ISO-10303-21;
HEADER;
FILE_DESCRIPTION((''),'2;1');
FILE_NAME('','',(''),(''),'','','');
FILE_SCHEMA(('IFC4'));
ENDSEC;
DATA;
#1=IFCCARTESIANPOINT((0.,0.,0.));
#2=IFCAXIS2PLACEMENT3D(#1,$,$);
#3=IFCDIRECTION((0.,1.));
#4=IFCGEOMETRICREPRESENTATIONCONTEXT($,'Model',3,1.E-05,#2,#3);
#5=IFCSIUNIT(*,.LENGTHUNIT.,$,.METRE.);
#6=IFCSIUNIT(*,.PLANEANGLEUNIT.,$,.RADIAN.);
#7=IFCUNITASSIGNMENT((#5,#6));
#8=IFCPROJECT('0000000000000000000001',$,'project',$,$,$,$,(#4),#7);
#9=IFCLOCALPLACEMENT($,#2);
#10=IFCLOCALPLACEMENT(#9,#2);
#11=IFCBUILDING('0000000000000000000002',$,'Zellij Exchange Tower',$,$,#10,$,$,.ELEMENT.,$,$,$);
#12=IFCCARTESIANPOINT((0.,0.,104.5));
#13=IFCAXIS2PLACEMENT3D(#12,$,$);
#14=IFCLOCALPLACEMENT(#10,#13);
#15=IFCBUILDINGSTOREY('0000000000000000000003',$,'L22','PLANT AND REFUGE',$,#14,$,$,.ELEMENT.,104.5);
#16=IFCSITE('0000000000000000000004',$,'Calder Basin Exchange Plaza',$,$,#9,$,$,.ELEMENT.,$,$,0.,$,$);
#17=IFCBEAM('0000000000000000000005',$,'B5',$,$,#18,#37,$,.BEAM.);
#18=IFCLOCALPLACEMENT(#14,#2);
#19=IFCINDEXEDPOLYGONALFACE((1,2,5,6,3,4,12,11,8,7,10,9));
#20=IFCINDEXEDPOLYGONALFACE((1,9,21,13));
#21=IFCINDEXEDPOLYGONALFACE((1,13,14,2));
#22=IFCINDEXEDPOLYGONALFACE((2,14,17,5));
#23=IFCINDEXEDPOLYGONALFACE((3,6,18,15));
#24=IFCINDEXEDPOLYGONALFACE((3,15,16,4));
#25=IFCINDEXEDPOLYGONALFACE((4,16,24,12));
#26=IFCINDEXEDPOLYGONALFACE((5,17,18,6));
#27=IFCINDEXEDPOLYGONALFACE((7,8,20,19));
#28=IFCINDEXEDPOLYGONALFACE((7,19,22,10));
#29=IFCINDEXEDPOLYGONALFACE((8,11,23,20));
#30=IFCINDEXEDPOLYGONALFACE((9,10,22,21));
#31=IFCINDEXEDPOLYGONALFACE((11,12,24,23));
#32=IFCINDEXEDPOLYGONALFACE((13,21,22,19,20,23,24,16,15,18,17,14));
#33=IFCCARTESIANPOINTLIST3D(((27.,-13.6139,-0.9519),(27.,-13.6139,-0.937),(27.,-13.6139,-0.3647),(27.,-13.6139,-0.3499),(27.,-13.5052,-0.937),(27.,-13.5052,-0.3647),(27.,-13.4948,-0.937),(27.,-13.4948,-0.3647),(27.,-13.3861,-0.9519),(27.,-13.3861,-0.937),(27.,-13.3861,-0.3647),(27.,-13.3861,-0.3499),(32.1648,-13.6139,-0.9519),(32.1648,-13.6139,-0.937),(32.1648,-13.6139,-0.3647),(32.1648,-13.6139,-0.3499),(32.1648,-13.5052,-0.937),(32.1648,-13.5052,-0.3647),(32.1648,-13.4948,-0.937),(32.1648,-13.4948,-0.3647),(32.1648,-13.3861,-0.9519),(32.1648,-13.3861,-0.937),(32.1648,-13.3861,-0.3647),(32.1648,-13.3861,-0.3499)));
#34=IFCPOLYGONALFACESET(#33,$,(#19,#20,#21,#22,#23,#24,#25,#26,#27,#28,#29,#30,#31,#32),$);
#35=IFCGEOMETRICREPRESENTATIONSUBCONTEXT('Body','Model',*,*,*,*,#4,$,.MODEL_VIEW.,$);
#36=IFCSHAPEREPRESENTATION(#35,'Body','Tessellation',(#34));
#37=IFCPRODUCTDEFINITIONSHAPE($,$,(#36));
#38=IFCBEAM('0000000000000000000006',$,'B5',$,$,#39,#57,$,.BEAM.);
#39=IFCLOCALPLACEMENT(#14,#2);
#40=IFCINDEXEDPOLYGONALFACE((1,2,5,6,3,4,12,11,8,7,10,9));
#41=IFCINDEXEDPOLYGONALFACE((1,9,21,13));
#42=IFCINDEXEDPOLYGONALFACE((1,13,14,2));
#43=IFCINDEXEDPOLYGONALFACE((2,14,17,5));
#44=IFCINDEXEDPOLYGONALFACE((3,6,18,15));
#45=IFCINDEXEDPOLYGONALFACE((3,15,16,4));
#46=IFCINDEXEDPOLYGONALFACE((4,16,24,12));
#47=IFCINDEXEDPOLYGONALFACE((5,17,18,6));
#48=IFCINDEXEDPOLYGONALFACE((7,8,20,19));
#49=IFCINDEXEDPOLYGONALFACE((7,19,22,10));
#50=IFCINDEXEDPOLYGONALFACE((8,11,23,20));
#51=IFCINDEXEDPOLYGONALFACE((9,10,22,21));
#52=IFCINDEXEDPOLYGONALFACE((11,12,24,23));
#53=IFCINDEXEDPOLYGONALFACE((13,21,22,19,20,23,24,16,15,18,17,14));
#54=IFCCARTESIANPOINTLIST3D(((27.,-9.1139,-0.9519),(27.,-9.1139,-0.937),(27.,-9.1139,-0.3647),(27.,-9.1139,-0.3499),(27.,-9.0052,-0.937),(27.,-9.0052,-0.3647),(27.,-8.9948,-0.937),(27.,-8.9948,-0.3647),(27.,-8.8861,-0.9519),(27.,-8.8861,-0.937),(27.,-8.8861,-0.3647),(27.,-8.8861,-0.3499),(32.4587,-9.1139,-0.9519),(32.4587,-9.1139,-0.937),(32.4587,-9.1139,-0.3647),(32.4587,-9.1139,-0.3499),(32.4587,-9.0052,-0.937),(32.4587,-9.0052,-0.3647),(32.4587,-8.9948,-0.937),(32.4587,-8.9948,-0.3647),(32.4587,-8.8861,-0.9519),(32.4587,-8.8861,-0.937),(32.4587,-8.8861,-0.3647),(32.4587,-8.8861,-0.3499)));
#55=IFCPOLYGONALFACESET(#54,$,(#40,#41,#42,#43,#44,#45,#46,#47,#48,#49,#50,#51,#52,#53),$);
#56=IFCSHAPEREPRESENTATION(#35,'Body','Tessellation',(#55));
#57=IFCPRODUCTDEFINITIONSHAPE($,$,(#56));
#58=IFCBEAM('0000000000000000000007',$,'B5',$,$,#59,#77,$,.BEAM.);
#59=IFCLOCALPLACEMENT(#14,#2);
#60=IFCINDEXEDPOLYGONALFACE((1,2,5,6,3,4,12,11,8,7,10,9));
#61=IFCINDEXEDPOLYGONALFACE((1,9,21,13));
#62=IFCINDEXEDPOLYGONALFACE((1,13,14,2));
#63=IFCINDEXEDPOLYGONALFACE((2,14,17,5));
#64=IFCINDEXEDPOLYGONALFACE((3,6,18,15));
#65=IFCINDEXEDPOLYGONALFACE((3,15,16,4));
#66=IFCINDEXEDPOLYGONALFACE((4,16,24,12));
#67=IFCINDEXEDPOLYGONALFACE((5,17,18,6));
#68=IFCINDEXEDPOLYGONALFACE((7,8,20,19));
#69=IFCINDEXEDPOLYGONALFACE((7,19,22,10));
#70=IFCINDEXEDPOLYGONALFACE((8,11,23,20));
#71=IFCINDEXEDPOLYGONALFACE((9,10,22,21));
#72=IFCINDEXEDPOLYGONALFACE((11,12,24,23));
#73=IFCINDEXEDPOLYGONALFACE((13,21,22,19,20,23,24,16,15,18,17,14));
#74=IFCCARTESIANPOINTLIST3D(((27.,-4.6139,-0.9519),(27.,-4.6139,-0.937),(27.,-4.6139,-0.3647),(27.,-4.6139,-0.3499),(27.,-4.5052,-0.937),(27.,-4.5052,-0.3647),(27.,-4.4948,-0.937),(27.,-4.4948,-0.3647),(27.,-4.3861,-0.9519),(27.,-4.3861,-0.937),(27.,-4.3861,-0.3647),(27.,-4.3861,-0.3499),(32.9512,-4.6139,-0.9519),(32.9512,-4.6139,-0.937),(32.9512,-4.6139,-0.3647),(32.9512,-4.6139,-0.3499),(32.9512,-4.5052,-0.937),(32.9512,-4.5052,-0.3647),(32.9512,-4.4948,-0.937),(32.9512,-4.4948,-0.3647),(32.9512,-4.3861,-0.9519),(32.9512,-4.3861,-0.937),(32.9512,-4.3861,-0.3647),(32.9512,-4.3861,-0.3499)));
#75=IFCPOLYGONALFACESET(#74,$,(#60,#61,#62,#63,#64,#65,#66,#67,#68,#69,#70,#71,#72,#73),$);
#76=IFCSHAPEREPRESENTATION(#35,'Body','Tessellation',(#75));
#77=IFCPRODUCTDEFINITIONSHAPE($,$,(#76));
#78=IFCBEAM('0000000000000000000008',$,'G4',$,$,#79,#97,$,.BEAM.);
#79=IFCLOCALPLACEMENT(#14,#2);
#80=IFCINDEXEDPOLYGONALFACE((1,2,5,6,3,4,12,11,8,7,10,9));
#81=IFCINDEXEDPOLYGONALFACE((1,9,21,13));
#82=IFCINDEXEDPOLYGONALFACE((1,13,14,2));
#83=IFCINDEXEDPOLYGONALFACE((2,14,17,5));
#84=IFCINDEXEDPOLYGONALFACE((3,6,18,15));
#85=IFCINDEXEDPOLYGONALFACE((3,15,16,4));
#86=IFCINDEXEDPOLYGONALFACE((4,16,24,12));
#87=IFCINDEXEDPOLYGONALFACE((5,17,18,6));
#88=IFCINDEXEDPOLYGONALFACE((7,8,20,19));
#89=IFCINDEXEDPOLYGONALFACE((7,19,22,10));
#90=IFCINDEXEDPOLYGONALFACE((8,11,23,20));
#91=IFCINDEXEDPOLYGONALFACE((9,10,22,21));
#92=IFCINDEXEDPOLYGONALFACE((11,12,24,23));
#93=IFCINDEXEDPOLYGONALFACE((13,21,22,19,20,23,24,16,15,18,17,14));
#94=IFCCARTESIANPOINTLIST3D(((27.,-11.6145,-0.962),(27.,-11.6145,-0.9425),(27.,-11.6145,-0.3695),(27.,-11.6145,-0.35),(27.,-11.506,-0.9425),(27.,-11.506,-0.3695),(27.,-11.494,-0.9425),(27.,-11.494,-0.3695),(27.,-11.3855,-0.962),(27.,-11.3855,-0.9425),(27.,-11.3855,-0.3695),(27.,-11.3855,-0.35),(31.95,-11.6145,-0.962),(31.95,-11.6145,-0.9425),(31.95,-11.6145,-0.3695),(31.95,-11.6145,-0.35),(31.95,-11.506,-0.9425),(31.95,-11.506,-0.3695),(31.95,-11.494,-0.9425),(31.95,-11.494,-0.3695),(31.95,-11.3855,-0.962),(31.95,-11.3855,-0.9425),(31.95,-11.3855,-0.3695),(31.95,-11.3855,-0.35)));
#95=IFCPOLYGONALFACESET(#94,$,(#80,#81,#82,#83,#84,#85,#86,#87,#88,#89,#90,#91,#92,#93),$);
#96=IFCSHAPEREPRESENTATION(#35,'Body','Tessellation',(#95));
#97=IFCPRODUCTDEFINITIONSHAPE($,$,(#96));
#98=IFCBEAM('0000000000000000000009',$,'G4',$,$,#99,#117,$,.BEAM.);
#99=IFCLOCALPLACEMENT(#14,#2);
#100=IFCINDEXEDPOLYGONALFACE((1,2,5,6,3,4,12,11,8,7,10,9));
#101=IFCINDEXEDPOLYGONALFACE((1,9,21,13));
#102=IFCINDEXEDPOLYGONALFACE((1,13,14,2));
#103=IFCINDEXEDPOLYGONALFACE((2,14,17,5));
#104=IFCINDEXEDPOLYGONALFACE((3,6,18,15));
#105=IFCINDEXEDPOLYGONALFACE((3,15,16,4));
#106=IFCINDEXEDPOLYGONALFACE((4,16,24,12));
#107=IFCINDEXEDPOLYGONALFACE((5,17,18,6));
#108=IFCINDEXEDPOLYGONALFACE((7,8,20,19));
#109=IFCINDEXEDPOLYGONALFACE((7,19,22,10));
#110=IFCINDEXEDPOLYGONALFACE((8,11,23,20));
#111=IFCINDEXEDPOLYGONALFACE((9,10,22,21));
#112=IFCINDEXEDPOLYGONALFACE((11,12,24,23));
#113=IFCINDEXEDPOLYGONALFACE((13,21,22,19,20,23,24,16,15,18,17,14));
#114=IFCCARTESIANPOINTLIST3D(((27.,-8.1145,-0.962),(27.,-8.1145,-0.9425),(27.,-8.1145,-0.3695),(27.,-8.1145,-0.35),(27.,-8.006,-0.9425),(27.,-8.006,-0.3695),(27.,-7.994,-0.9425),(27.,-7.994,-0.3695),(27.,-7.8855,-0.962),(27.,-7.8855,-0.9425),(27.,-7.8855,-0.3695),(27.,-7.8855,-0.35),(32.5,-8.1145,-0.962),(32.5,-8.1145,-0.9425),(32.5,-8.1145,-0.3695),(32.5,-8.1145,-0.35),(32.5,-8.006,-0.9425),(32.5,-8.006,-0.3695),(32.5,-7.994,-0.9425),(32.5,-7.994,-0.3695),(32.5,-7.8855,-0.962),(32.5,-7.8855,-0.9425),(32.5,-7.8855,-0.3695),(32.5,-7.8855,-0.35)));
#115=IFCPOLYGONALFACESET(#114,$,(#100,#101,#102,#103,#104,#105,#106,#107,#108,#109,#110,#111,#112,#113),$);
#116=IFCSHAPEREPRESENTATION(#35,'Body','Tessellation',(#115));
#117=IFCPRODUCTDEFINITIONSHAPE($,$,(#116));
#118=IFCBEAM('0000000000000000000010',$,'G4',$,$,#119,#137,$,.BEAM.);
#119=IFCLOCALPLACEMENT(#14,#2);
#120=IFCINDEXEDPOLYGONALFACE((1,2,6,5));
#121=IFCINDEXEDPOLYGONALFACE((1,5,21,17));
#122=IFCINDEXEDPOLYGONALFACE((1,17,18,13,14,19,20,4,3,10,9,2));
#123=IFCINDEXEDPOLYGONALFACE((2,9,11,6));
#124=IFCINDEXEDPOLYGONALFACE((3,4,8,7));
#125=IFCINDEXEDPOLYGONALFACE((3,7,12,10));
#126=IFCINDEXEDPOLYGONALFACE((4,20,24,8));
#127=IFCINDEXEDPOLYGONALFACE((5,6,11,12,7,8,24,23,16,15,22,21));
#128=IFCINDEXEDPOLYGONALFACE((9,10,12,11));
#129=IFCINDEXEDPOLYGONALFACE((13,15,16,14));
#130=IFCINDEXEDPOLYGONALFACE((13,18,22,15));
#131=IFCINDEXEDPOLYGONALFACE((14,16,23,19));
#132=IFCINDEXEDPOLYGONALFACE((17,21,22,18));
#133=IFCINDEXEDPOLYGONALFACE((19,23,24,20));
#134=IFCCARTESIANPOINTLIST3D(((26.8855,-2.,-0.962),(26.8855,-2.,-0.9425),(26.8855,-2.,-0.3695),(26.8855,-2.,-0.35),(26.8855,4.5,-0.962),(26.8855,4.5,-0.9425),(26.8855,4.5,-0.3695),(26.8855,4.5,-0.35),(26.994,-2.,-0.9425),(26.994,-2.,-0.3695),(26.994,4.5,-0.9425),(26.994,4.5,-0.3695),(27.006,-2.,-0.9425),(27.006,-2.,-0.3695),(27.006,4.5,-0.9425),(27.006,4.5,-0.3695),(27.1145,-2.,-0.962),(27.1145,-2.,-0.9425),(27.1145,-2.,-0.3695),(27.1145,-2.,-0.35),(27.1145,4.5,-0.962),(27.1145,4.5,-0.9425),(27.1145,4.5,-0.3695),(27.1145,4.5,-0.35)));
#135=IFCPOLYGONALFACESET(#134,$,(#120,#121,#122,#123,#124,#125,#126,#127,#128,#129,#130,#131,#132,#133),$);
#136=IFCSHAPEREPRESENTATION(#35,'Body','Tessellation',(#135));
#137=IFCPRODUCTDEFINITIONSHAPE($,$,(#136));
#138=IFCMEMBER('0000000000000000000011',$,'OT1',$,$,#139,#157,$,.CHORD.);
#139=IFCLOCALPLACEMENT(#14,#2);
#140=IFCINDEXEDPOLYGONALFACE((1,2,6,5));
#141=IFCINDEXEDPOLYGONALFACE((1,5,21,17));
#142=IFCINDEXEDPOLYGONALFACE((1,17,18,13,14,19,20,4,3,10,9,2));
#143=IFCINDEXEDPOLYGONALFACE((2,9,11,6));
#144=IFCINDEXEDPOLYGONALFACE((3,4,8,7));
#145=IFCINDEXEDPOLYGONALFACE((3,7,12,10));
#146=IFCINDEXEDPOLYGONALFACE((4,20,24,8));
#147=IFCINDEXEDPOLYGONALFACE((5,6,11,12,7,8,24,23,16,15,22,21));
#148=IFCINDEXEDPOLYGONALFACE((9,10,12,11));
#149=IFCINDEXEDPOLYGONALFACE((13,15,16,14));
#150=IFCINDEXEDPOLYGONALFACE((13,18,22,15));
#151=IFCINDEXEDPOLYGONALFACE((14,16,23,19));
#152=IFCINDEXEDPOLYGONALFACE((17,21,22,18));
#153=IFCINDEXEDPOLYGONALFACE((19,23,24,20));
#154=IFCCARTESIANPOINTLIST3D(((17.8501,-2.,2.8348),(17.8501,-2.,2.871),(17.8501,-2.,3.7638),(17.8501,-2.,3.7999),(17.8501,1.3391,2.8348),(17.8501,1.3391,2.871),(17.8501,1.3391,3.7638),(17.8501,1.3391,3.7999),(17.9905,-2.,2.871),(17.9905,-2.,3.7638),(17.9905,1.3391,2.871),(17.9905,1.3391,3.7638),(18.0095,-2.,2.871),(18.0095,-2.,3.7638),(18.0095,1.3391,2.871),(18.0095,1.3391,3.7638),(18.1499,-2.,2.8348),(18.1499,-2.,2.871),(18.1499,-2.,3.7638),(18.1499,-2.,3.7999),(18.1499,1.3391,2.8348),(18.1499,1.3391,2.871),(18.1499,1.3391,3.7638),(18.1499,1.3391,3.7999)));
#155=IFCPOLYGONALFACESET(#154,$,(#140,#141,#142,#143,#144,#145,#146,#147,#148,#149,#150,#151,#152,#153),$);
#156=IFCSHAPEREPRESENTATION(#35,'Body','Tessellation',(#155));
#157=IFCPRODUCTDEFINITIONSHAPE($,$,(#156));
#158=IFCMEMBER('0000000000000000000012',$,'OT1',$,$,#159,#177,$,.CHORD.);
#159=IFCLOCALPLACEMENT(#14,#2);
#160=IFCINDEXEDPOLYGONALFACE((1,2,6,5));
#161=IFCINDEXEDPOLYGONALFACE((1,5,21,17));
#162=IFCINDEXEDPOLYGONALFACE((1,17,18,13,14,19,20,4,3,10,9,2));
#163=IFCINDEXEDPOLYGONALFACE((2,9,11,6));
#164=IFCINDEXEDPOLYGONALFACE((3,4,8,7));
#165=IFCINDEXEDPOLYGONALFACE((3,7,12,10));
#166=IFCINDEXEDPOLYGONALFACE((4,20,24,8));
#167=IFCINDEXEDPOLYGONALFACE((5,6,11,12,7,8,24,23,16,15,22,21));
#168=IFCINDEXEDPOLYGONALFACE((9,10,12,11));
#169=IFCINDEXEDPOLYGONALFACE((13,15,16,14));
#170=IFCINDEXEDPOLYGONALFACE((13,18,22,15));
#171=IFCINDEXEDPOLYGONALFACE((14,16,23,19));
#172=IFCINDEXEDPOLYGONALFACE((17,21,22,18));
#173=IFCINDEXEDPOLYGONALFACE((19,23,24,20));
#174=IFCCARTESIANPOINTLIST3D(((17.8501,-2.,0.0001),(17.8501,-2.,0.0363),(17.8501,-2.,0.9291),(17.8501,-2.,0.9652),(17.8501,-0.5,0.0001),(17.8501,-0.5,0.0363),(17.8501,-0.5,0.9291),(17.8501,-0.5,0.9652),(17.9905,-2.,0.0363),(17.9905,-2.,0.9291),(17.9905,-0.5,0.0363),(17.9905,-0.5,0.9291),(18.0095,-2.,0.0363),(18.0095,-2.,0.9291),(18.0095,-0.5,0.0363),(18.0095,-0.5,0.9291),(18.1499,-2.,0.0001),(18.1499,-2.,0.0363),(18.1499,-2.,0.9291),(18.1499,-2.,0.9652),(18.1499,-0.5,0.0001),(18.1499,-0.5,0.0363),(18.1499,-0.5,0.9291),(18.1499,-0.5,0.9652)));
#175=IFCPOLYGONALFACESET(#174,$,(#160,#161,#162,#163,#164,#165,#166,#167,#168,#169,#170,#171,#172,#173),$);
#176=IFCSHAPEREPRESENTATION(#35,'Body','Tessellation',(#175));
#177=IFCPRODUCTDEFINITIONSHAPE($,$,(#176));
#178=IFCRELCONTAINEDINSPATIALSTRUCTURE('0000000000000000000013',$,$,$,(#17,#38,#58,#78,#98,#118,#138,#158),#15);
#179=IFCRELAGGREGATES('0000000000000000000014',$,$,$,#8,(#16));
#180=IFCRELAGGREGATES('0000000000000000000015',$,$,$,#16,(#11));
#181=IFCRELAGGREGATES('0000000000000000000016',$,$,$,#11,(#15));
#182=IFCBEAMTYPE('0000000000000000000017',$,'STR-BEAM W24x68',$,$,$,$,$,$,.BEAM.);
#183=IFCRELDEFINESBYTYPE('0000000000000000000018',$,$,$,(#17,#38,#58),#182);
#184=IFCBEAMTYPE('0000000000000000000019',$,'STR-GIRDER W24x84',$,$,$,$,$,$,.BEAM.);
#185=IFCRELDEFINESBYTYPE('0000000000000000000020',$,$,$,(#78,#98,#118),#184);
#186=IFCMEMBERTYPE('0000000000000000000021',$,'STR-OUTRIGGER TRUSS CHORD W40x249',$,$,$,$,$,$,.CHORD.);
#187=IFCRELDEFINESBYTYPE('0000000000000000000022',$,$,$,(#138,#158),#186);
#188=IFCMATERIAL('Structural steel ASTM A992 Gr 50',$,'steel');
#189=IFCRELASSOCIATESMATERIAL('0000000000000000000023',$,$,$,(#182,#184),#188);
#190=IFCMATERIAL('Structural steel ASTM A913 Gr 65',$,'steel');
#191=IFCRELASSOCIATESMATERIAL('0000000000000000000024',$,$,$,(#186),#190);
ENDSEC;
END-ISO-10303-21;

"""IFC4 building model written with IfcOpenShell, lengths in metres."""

from ifc_helpers import new_model, si_unit, direction, frame, origin, origin_2d, place, context, subcontext, project, spatial, i_section, extrude, material, material_profile, profile_set, type_object, element, save


model = new_model("IFC4")

# Units and contexts
model_context = context("Model", 3, precision=1e-05, world=origin(), true_north=direction((0.0, 1.0)))
body_context = subcontext(model_context, "Body", "Model", "MODEL_VIEW")
ifc_project = project(units=[si_unit("LENGTHUNIT", "METRE"), si_unit("PLANEANGLEUNIT", "RADIAN")], contexts=[model_context])

# Site, building, storey
site_placement = place(None, origin())
site = spatial("IfcSite", under=ifc_project, at=site_placement, Name="Calder Basin Exchange Plaza", CompositionType="ELEMENT", RefElevation=0.0)
building_placement = place(site_placement, origin())
building = spatial("IfcBuilding", under=site, at=building_placement, Name="Zellij Exchange Tower", CompositionType="ELEMENT")
storey_placement = place(building_placement, frame((0.0, 0.0, 104.5)))
storey = spatial("IfcBuildingStorey", under=building, at=storey_placement, Name="L22", Description="PLANT AND REFUGE", CompositionType="ELEMENT", Elevation=104.5)

# Beams
ifc_material_1 = material(Name="Structural steel ASTM A992 Gr 50", Category="steel")
ifc_material_profile_1 = material_profile(ifc_material_1, i_section(OverallWidth=0.2278, OverallDepth=0.6021, WebThickness=0.0105, FlangeThickness=0.0149, at=origin_2d()), Name="W24x68")
ifc_profile_set_1 = profile_set([ifc_material_profile_1], Name="Structural steel ASTM A992 Gr 50")
beam_type_1 = type_object("IfcBeamType", Name="STR-BEAM W24x68", PredefinedType="BEAM", material=ifc_profile_set_1)
beam_1_placement = place(storey_placement, frame((27.0, -13.5, -0.6509), z_axis=(1.0, 0.0, 0.0), x_axis=(0.0, 1.0, 0.0)))
element("IfcBeam", 1, at=beam_1_placement, inside=storey, type_object=beam_type_1, Name="B5", PredefinedType="BEAM", context=body_context, shape_type="SweptSolid", body=[
    extrude(i_section(OverallWidth=0.2278, OverallDepth=0.6021, WebThickness=0.0105, FlangeThickness=0.0149, at=origin_2d()), origin(), (0.0, 0.0, 1.0), 5.1648),
])
beam_2_placement = place(storey_placement, frame((27.0, -9.0, -0.6509), z_axis=(1.0, 0.0, 0.0), x_axis=(0.0, 1.0, 0.0)))
element("IfcBeam", 2, at=beam_2_placement, inside=storey, type_object=beam_type_1, Name="B5", PredefinedType="BEAM", context=body_context, shape_type="SweptSolid", body=[
    extrude(i_section(OverallWidth=0.2278, OverallDepth=0.6021, WebThickness=0.0105, FlangeThickness=0.0149, at=origin_2d()), origin(), (0.0, 0.0, 1.0), 5.4587),
])
beam_3_placement = place(storey_placement, frame((27.0, -4.5, -0.6509), z_axis=(1.0, 0.0, 0.0), x_axis=(0.0, 1.0, 0.0)))
element("IfcBeam", 3, at=beam_3_placement, inside=storey, type_object=beam_type_1, Name="B5", PredefinedType="BEAM", context=body_context, shape_type="SweptSolid", body=[
    extrude(i_section(OverallWidth=0.2278, OverallDepth=0.6021, WebThickness=0.0105, FlangeThickness=0.0149, at=origin_2d()), origin(), (0.0, 0.0, 1.0), 5.9512),
])
ifc_material_profile_2 = material_profile(ifc_material_1, i_section(OverallWidth=0.229, OverallDepth=0.6121, WebThickness=0.012, FlangeThickness=0.0195, at=origin_2d()), Name="W24x84")
ifc_profile_set_2 = profile_set([ifc_material_profile_2], Name="Structural steel ASTM A992 Gr 50")
beam_type_2 = type_object("IfcBeamType", Name="STR-GIRDER W24x84", PredefinedType="BEAM", material=ifc_profile_set_2)
beam_4_placement = place(storey_placement, frame((27.0, -11.5, -0.656), z_axis=(1.0, 0.0, 0.0), x_axis=(0.0, 1.0, 0.0)))
element("IfcBeam", 4, at=beam_4_placement, inside=storey, type_object=beam_type_2, Name="G4", PredefinedType="BEAM", context=body_context, shape_type="SweptSolid", body=[
    extrude(i_section(OverallWidth=0.229, OverallDepth=0.6121, WebThickness=0.012, FlangeThickness=0.0195, at=origin_2d()), origin(), (0.0, 0.0, 1.0), 4.95),
])
beam_5_placement = place(storey_placement, frame((27.0, -8.0, -0.656), z_axis=(1.0, 0.0, 0.0), x_axis=(0.0, 1.0, 0.0)))
element("IfcBeam", 5, at=beam_5_placement, inside=storey, type_object=beam_type_2, Name="G4", PredefinedType="BEAM", context=body_context, shape_type="SweptSolid", body=[
    extrude(i_section(OverallWidth=0.229, OverallDepth=0.6121, WebThickness=0.012, FlangeThickness=0.0195, at=origin_2d()), origin(), (0.0, 0.0, 1.0), 5.5),
])
beam_6_placement = place(storey_placement, frame((27.0, -2.0, -0.656), z_axis=(0.0, 1.0, 0.0), x_axis=(-1.0, 0.0, 0.0)))
element("IfcBeam", 6, at=beam_6_placement, inside=storey, type_object=beam_type_2, Name="G4", PredefinedType="BEAM", context=body_context, shape_type="SweptSolid", body=[
    extrude(i_section(OverallWidth=0.229, OverallDepth=0.6121, WebThickness=0.012, FlangeThickness=0.0195, at=origin_2d()), origin(), (0.0, 0.0, 1.0), 6.5),
])

# Members
ifc_material_2 = material(Name="Structural steel ASTM A913 Gr 65", Category="steel")
ifc_material_profile_3 = material_profile(ifc_material_2, i_section(OverallWidth=0.2998, OverallDepth=0.9651, WebThickness=0.019, FlangeThickness=0.0361, at=origin_2d()), Name="W40x249")
ifc_profile_set_3 = profile_set([ifc_material_profile_3], Name="Structural steel ASTM A913 Gr 65")
member_type_1 = type_object("IfcMemberType", Name="STR-OUTRIGGER TRUSS CHORD W40x249", PredefinedType="CHORD", material=ifc_profile_set_3)
member_1_placement = place(storey_placement, frame((18.0, -2.0, 3.3174), z_axis=(0.0, 1.0, 0.0), x_axis=(-1.0, 0.0, 0.0)))
element("IfcMember", 7, at=member_1_placement, inside=storey, type_object=member_type_1, Name="OT1", PredefinedType="CHORD", context=body_context, shape_type="SweptSolid", body=[
    extrude(i_section(OverallWidth=0.2998, OverallDepth=0.9651, WebThickness=0.019, FlangeThickness=0.0361, at=origin_2d()), origin(), (0.0, 0.0, 1.0), 3.3391),
])
member_2_placement = place(storey_placement, frame((18.0, -2.0, 0.4827), z_axis=(0.0, 1.0, 0.0), x_axis=(-1.0, 0.0, 0.0)))
element("IfcMember", 8, at=member_2_placement, inside=storey, type_object=member_type_1, Name="OT1", PredefinedType="CHORD", context=body_context, shape_type="SweptSolid", body=[
    extrude(i_section(OverallWidth=0.2998, OverallDepth=0.9651, WebThickness=0.019, FlangeThickness=0.0361, at=origin_2d()), origin(), (0.0, 0.0, 1.0), 1.5),
])

save(model, "model.ifc")
